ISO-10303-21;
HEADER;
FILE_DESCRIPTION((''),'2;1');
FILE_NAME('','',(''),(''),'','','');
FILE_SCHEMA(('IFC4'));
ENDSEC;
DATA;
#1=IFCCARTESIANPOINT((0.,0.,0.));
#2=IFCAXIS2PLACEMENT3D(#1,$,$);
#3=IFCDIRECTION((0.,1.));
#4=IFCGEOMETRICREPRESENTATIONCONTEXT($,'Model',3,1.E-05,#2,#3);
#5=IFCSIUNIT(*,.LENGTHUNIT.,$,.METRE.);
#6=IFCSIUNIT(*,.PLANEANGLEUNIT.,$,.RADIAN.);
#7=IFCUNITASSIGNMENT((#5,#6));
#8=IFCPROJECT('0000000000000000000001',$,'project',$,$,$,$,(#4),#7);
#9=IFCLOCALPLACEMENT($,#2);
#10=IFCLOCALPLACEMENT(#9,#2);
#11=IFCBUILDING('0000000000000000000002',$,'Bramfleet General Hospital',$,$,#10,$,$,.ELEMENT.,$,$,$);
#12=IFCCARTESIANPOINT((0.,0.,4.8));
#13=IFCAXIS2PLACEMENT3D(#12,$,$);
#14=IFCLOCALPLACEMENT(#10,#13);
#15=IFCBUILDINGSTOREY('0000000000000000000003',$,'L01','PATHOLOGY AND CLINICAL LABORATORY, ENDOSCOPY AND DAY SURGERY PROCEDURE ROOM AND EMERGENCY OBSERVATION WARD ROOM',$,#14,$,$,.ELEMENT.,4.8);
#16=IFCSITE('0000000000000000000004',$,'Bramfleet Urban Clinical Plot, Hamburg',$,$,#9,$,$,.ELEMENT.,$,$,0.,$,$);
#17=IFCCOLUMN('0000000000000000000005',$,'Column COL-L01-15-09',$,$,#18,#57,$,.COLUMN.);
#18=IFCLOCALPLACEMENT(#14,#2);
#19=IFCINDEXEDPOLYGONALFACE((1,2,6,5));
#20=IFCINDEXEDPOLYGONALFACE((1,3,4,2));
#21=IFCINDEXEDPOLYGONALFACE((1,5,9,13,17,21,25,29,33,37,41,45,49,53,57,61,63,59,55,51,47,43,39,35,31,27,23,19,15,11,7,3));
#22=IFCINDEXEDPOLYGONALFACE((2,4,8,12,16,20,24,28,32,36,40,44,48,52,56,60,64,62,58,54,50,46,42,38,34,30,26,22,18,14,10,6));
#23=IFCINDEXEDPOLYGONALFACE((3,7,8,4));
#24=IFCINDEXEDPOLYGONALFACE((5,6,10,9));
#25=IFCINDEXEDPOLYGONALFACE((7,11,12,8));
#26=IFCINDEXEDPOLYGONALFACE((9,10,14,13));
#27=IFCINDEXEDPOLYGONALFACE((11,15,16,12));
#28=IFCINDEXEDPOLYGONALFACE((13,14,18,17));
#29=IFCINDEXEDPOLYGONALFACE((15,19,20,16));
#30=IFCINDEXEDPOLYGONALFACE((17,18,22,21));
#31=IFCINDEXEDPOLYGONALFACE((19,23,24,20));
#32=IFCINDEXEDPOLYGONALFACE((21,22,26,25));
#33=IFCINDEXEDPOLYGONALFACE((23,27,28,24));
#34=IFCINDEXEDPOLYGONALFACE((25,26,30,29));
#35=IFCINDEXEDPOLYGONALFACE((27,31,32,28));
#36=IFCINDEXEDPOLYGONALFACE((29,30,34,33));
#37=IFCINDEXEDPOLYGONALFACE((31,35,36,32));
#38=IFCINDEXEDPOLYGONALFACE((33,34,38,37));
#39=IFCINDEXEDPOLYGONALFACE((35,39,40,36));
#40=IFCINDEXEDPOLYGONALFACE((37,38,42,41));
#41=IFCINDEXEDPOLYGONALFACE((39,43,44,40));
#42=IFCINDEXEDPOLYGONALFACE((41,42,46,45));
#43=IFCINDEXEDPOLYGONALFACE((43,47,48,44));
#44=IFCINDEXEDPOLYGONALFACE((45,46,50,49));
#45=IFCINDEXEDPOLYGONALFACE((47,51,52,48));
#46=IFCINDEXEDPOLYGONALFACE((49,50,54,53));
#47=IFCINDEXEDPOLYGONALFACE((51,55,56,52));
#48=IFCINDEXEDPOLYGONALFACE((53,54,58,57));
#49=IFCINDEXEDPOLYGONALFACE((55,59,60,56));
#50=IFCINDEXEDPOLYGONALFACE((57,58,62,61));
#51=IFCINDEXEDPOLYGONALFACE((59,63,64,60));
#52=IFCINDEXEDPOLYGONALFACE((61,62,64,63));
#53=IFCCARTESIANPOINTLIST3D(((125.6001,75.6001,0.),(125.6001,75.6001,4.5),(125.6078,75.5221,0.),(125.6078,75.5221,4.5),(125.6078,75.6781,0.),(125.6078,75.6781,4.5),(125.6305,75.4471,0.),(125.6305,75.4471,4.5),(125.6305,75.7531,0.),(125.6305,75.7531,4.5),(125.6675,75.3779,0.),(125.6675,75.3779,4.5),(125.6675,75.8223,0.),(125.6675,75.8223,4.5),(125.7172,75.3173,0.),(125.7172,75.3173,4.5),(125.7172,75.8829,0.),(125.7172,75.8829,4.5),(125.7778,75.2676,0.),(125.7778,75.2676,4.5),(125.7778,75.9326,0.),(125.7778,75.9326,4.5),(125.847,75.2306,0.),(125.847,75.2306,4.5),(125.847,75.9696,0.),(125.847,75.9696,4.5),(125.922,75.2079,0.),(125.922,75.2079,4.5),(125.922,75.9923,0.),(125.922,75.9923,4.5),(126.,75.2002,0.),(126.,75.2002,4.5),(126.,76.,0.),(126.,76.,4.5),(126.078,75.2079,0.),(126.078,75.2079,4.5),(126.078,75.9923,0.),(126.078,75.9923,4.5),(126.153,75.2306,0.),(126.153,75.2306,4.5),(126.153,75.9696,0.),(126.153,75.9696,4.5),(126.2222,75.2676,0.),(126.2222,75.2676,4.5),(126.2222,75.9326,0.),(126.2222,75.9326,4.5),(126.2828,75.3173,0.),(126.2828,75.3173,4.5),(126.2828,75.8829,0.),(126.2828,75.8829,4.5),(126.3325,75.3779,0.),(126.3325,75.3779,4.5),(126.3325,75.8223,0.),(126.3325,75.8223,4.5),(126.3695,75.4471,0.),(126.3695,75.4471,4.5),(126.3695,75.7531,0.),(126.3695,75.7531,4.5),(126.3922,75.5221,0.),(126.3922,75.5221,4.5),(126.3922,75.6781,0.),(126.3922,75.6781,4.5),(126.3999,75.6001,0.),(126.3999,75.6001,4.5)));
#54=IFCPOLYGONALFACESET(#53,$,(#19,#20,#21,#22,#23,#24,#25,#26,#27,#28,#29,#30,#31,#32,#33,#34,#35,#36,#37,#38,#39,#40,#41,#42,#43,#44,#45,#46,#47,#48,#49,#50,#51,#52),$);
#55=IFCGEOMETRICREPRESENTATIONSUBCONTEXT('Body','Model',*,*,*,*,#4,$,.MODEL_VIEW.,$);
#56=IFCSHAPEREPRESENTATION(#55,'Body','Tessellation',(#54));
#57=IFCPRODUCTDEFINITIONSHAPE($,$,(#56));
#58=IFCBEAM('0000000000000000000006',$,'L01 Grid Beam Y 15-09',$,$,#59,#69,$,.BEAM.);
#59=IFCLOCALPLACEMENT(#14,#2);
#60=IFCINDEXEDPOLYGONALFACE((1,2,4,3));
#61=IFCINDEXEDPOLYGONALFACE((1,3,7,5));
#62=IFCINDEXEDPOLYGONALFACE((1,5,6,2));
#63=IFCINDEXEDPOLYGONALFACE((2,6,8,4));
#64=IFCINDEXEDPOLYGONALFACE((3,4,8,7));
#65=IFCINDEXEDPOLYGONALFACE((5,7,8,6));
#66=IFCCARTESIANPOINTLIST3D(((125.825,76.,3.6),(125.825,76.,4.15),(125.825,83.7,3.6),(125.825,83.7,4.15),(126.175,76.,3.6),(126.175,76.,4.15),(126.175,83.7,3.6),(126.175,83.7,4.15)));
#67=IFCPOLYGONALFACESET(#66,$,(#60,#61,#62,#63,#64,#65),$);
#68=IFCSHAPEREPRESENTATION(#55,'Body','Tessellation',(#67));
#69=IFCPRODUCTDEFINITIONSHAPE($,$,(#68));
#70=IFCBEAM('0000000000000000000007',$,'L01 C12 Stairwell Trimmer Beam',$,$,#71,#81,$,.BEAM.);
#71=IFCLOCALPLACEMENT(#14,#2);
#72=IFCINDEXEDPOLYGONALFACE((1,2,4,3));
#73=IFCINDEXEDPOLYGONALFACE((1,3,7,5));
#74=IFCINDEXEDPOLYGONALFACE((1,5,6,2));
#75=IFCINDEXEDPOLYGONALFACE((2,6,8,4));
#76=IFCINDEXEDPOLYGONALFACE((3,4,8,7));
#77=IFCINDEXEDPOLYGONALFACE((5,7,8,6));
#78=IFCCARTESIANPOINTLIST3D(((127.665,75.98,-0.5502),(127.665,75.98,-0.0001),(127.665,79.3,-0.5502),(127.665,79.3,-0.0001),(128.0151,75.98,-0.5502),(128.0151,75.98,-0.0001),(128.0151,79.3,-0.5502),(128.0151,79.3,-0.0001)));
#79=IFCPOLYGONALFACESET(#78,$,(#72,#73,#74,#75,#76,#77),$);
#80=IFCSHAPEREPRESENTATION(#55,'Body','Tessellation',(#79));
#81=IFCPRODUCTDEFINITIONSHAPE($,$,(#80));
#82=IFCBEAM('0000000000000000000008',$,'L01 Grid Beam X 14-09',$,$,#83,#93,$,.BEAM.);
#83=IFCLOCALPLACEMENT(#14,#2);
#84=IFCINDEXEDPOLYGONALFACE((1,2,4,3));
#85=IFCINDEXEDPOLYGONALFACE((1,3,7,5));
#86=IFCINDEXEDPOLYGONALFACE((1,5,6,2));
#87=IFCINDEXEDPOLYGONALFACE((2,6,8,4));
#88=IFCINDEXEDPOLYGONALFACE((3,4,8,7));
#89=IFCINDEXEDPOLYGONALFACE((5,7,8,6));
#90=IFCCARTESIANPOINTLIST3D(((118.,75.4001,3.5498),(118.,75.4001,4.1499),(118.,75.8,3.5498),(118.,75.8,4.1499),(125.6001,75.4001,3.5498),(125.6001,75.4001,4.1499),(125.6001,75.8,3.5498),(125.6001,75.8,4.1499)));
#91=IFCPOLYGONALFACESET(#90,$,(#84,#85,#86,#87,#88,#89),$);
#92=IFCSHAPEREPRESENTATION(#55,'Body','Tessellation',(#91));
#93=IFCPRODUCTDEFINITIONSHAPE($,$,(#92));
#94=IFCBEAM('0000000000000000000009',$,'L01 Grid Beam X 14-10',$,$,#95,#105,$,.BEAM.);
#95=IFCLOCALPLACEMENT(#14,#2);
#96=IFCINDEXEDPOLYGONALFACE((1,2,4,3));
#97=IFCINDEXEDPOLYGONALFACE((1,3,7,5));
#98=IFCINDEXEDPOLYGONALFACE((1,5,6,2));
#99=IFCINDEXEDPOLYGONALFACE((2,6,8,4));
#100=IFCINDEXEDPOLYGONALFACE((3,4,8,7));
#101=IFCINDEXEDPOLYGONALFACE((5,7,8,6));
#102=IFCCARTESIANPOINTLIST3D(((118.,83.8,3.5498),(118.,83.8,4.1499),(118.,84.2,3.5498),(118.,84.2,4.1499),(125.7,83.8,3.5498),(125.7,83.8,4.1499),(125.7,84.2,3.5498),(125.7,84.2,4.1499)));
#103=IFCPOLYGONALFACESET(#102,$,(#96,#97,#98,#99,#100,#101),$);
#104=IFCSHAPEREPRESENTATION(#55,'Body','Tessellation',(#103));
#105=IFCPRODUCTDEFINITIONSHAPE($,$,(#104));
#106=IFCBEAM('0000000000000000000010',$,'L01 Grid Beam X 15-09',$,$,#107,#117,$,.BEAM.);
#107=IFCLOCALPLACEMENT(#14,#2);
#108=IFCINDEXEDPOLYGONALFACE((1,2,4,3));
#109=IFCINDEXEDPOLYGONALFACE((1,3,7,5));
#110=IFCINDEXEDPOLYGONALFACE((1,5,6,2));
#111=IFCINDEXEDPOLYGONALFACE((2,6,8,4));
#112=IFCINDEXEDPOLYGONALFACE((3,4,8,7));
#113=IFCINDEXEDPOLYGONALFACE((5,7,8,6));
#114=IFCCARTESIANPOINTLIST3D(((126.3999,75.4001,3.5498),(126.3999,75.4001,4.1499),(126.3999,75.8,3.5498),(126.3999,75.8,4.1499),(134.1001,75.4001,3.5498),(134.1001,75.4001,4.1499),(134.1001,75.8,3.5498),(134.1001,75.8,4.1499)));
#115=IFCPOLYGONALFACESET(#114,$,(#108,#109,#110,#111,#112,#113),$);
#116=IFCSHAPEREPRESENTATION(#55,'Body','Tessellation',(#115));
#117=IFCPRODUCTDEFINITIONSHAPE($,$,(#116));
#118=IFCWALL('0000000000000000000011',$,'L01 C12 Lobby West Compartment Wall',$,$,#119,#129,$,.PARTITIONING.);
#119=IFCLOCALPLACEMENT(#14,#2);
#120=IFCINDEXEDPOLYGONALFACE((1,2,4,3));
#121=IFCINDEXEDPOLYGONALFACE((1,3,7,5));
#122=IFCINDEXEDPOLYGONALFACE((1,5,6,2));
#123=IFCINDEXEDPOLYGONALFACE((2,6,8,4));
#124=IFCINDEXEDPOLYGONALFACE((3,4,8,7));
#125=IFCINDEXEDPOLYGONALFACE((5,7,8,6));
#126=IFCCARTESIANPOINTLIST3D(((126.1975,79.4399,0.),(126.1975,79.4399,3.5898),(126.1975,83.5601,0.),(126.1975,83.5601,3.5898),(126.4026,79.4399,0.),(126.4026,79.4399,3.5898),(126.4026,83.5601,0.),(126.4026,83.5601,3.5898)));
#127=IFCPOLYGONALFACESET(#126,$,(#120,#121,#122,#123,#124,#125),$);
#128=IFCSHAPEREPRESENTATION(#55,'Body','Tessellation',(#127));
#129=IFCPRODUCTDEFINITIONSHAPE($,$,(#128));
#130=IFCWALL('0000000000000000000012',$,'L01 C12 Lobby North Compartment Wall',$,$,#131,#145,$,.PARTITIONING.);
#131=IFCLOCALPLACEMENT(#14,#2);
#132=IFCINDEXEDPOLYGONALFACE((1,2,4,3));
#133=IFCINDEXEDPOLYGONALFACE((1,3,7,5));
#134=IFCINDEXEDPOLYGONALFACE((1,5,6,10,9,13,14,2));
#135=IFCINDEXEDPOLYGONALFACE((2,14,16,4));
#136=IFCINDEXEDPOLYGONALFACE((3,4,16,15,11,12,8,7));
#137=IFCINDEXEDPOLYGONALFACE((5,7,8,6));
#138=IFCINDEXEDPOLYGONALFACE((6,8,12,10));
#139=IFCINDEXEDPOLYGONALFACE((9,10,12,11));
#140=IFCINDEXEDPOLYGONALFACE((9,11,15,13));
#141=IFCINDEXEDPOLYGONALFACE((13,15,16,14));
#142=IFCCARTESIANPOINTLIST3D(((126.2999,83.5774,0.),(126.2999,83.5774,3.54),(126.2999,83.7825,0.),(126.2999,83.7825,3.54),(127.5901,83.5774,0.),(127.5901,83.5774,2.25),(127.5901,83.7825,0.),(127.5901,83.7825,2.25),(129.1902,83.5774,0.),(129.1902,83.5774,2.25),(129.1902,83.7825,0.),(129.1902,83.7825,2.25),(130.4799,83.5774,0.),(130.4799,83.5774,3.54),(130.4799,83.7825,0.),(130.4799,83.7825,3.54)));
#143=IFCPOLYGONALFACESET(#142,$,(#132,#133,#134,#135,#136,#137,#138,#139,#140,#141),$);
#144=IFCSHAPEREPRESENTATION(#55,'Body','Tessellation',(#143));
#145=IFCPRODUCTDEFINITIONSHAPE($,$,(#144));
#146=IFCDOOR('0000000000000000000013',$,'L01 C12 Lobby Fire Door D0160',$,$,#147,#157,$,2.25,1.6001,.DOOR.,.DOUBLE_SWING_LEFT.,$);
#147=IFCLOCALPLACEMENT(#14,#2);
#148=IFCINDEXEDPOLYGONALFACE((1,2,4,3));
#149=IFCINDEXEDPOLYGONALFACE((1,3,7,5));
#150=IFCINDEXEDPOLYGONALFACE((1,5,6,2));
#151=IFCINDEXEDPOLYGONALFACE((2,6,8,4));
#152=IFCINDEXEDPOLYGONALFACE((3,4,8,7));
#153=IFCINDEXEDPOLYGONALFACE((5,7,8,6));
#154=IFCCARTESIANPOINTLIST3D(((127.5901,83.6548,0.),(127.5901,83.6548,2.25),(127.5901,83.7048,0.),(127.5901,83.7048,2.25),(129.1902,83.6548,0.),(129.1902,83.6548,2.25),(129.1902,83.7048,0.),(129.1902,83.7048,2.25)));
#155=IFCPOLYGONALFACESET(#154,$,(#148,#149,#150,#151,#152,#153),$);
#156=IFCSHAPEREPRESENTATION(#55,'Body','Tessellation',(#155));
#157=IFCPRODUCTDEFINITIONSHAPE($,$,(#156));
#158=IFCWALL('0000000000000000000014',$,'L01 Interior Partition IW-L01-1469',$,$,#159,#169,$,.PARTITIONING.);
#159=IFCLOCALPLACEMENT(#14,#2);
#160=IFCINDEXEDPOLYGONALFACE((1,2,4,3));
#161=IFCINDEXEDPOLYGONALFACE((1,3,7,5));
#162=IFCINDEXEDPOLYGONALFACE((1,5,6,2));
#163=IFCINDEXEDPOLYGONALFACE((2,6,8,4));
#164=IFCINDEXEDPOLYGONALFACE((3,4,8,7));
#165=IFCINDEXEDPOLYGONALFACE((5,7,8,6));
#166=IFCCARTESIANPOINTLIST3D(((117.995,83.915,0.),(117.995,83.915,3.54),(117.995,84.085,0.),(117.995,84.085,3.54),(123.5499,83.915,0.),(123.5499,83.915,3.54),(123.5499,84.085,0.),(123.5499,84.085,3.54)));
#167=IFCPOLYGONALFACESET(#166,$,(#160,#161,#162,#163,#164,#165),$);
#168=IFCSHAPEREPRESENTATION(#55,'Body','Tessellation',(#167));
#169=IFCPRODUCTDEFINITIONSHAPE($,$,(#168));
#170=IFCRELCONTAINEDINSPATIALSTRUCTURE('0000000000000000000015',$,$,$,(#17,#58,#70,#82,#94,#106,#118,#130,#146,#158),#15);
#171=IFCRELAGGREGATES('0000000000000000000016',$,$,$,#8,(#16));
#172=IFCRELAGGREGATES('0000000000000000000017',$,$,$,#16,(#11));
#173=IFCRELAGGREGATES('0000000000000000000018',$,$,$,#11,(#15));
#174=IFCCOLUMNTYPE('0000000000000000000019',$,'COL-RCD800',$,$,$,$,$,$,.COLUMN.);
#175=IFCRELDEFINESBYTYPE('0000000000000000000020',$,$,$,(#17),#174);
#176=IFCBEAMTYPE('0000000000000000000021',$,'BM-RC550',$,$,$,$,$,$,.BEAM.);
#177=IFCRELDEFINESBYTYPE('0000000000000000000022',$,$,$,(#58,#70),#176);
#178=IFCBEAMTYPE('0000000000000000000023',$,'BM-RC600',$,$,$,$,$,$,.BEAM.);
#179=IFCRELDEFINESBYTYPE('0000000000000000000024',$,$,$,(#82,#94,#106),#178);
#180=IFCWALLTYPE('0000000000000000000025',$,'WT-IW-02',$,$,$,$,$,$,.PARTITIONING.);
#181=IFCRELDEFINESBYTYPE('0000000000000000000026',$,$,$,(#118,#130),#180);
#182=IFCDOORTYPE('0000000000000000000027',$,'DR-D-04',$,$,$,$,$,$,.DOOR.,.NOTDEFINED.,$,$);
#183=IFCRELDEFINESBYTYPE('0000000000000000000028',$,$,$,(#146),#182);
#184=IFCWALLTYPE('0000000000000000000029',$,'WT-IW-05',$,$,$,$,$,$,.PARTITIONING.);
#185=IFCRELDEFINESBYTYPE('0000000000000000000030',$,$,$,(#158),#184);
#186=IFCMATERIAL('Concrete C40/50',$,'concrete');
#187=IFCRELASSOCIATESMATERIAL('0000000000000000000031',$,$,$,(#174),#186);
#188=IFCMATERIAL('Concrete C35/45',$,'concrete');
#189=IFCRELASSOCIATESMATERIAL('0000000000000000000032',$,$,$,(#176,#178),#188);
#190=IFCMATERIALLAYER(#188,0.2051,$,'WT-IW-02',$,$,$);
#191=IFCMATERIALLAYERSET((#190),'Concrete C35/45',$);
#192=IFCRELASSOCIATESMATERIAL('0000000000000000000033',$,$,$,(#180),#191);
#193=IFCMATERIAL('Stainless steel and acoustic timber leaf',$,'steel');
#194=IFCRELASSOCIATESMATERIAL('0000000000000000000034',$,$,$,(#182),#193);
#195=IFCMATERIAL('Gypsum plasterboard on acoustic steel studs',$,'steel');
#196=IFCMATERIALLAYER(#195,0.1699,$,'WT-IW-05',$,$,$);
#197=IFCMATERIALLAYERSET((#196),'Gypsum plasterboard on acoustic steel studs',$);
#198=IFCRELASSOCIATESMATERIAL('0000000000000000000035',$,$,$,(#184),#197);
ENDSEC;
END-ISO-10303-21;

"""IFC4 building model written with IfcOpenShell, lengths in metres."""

from ifc_helpers import new_model, si_unit, direction, frame, frame_2d, origin, origin_2d, place, context, subcontext, project, spatial, rectangle, circle, extrude, material, layer, layer_set, material_profile, profile_set, type_object, element, fill, save


model = new_model("IFC4")

# Units and contexts
model_context = context("Model", 3, precision=1e-05, world=origin(), true_north=direction((0.0, 1.0)))
body_context = subcontext(model_context, "Body", "Model", "MODEL_VIEW")
ifc_project = project(units=[si_unit("LENGTHUNIT", "METRE"), si_unit("PLANEANGLEUNIT", "RADIAN")], contexts=[model_context])

# Site, building, storey
site_placement = place(None, origin())
site = spatial("IfcSite", under=ifc_project, at=site_placement, Name="Bramfleet Urban Clinical Plot, Hamburg", CompositionType="ELEMENT", RefElevation=0.0)
building_placement = place(site_placement, origin())
building = spatial("IfcBuilding", under=site, at=building_placement, Name="Bramfleet General Hospital", CompositionType="ELEMENT")
storey_placement = place(building_placement, frame((0.0, 0.0, 4.8)))
storey = spatial("IfcBuildingStorey", under=building, at=storey_placement, Name="L01", Description="PATHOLOGY AND CLINICAL LABORATORY, ENDOSCOPY AND DAY SURGERY PROCEDURE ROOM AND EMERGENCY OBSERVATION WARD ROOM", CompositionType="ELEMENT", Elevation=4.8)

# Column
ifc_material_1 = material(Name="Concrete C40/50", Category="concrete")
ifc_material_profile_1 = material_profile(ifc_material_1, circle(Radius=0.3999, at=origin_2d()), Name="RC ROUND D800")
ifc_profile_set_1 = profile_set([ifc_material_profile_1], Name="Concrete C40/50")
column_type = type_object("IfcColumnType", Name="COL-RCD800", PredefinedType="COLUMN", material=ifc_profile_set_1)
column_placement = place(storey_placement, frame((126.0, 75.6001, 0.0), z_axis=(0.0, 0.0, 1.0), x_axis=(1.0, 0.0, 0.0)))
element("IfcColumn", 1, at=column_placement, inside=storey, type_object=column_type, Name="Column COL-L01-15-09", PredefinedType="COLUMN", context=body_context, shape_type="SweptSolid", body=[
    extrude(circle(Radius=0.3999, at=origin_2d()), origin(), (0.0, 0.0, 1.0), 4.5),
])

# Beams
ifc_material_2 = material(Name="Concrete C35/45", Category="concrete")
ifc_material_profile_2 = material_profile(ifc_material_2, rectangle(XDim=0.3501, YDim=0.55, at=origin_2d()), Name="RC BM 550x350")
ifc_profile_set_2 = profile_set([ifc_material_profile_2], Name="Concrete C35/45")
beam_type_1 = type_object("IfcBeamType", Name="BM-RC550", PredefinedType="BEAM", material=ifc_profile_set_2)
beam_1_placement = place(storey_placement, frame((126.0, 76.0, 3.875), z_axis=(0.0, 1.0, 0.0), x_axis=(-1.0, 0.0, 0.0)))
element("IfcBeam", 2, at=beam_1_placement, inside=storey, type_object=beam_type_1, Name="L01 Grid Beam Y 15-09", PredefinedType="BEAM", context=body_context, shape_type="SweptSolid", body=[
    extrude(rectangle(XDim=0.3501, YDim=0.55, at=origin_2d()), origin(), (0.0, 0.0, 1.0), 7.7),
])
beam_2_placement = place(storey_placement, frame((127.8401, 75.98, -0.2751), z_axis=(0.0, 1.0, 0.0), x_axis=(-1.0, 0.0, 0.0)))
element("IfcBeam", 3, at=beam_2_placement, inside=storey, type_object=beam_type_1, Name="L01 C12 Stairwell Trimmer Beam", PredefinedType="BEAM", context=body_context, shape_type="SweptSolid", body=[
    extrude(rectangle(XDim=0.3501, YDim=0.55, at=origin_2d()), origin(), (0.0, 0.0, 1.0), 3.3201),
])
ifc_material_profile_3 = material_profile(ifc_material_2, rectangle(XDim=0.3999, YDim=0.6001, at=origin_2d()), Name="RC BM 600x400")
ifc_profile_set_3 = profile_set([ifc_material_profile_3], Name="Concrete C35/45")
beam_type_2 = type_object("IfcBeamType", Name="BM-RC600", PredefinedType="BEAM", material=ifc_profile_set_3)
beam_3_placement = place(storey_placement, frame((118.0, 75.6001, 3.8499), z_axis=(1.0, 0.0, 0.0), x_axis=(0.0, 1.0, 0.0)))
element("IfcBeam", 4, at=beam_3_placement, inside=storey, type_object=beam_type_2, Name="L01 Grid Beam X 14-09", PredefinedType="BEAM", context=body_context, shape_type="SweptSolid", body=[
    extrude(rectangle(XDim=0.3999, YDim=0.6001, at=origin_2d()), origin(), (0.0, 0.0, 1.0), 7.6001),
])
beam_4_placement = place(storey_placement, frame((118.0, 84.0, 3.8499), z_axis=(1.0, 0.0, 0.0), x_axis=(0.0, 1.0, 0.0)))
element("IfcBeam", 5, at=beam_4_placement, inside=storey, type_object=beam_type_2, Name="L01 Grid Beam X 14-10", PredefinedType="BEAM", context=body_context, shape_type="SweptSolid", body=[
    extrude(rectangle(XDim=0.3999, YDim=0.6001, at=origin_2d()), origin(), (0.0, 0.0, 1.0), 7.7),
])
beam_5_placement = place(storey_placement, frame((126.3999, 75.6001, 3.8499), z_axis=(1.0, 0.0, 0.0), x_axis=(0.0, 1.0, 0.0)))
element("IfcBeam", 6, at=beam_5_placement, inside=storey, type_object=beam_type_2, Name="L01 Grid Beam X 15-09", PredefinedType="BEAM", context=body_context, shape_type="SweptSolid", body=[
    extrude(rectangle(XDim=0.3999, YDim=0.6001, at=origin_2d()), origin(), (0.0, 0.0, 1.0), 7.7002),
])

# Wall
ifc_layer_1 = layer(ifc_material_2, 0.2051, Name="WT-IW-02")
ifc_layer_set_1 = layer_set([ifc_layer_1], Name="Concrete C35/45")
wall_type_1 = type_object("IfcWallType", Name="WT-IW-02", PredefinedType="PARTITIONING", material=ifc_layer_set_1)
wall_1_placement = place(storey_placement, frame((126.3, 79.4399, 0.0), z_axis=(0.0, 0.0, 1.0), x_axis=(0.0, 1.0, 0.0)))
element("IfcWall", 7, at=wall_1_placement, inside=storey, type_object=wall_type_1, Name="L01 C12 Lobby West Compartment Wall", PredefinedType="PARTITIONING", context=body_context, shape_type="SweptSolid", body=[
    extrude(rectangle(XDim=4.1201, YDim=0.2051, at=frame_2d((2.0601, 0.0))), origin(), (0.0, 0.0, 1.0), 3.5898),
])

# Wall, opening, door
wall_2_placement = place(storey_placement, frame((126.3, 83.6799, 0.0), z_axis=(0.0, 0.0, 1.0), x_axis=(1.0, 0.0, 0.0)))
wall_2 = element("IfcWall", 8, at=wall_2_placement, inside=storey, type_object=wall_type_1, Name="L01 C12 Lobby North Compartment Wall", PredefinedType="PARTITIONING", context=body_context, shape_type="SweptSolid", body=[
    extrude(rectangle(XDim=4.1799, YDim=0.2051, at=frame_2d((2.0898, 0.0))), origin(), (0.0, 0.0, 1.0), 3.54),
])
opening_1_placement = place(wall_2_placement, frame((1.29, 0.0, 0.0)))
opening_1 = element("IfcOpeningElement", 9, at=opening_1_placement, cuts=wall_2, PredefinedType="OPENING", context=body_context, shape_type="SweptSolid", body=[
    extrude(rectangle(XDim=1.6001, YDim=2.25, at=frame_2d((0.8, 1.125))), frame((0.0, 0.1125, 0.0), z_axis=(0.0, -1.0, 0.0), x_axis=(1.0, 0.0, 0.0)), (0.0, 0.0, 1.0), 0.2251),
])
ifc_material_3 = material(Name="Stainless steel and acoustic timber leaf", Category="steel")
door_type_1 = type_object("IfcDoorType", Name="DR-D-04", OperationType="NOTDEFINED", PredefinedType="DOOR", material=ifc_material_3)
door_1_placement = place(opening_1_placement, origin())
door_1 = element("IfcDoor", 10, at=door_1_placement, inside=storey, type_object=door_type_1, Name="L01 C12 Lobby Fire Door D0160", OperationType="DOUBLE_SWING_LEFT", OverallHeight=2.25, OverallWidth=1.6001, PredefinedType="DOOR", context=body_context, shape_type="SweptSolid", body=[
    extrude(rectangle(XDim=1.6001, YDim=2.25, at=frame_2d((0.8, 1.125))), frame((0.0, 0.0249, 0.0), z_axis=(0.0, -1.0, 0.0), x_axis=(1.0, 0.0, 0.0)), (0.0, 0.0, 1.0), 0.05),
])
fill(opening_1, door_1)

# Wall
ifc_material_4 = material(Name="Gypsum plasterboard on acoustic steel studs", Category="steel")
ifc_layer_2 = layer(ifc_material_4, 0.1699, Name="WT-IW-05")
ifc_layer_set_2 = layer_set([ifc_layer_2], Name="Gypsum plasterboard on acoustic steel studs")
wall_type_2 = type_object("IfcWallType", Name="WT-IW-05", PredefinedType="PARTITIONING", material=ifc_layer_set_2)
wall_3_placement = place(storey_placement, frame((117.9951, 84.0, 0.0), z_axis=(0.0, 0.0, 1.0), x_axis=(1.0, 0.0, 0.0)))
element("IfcWall", 11, at=wall_3_placement, inside=storey, type_object=wall_type_2, Name="L01 Interior Partition IW-L01-1469", PredefinedType="PARTITIONING", context=body_context, shape_type="SweptSolid", body=[
    extrude(rectangle(XDim=5.5549, YDim=0.1699, at=frame_2d((2.7773, 0.0))), origin(), (0.0, 0.0, 1.0), 3.54),
])

save(model, "model.ifc")
